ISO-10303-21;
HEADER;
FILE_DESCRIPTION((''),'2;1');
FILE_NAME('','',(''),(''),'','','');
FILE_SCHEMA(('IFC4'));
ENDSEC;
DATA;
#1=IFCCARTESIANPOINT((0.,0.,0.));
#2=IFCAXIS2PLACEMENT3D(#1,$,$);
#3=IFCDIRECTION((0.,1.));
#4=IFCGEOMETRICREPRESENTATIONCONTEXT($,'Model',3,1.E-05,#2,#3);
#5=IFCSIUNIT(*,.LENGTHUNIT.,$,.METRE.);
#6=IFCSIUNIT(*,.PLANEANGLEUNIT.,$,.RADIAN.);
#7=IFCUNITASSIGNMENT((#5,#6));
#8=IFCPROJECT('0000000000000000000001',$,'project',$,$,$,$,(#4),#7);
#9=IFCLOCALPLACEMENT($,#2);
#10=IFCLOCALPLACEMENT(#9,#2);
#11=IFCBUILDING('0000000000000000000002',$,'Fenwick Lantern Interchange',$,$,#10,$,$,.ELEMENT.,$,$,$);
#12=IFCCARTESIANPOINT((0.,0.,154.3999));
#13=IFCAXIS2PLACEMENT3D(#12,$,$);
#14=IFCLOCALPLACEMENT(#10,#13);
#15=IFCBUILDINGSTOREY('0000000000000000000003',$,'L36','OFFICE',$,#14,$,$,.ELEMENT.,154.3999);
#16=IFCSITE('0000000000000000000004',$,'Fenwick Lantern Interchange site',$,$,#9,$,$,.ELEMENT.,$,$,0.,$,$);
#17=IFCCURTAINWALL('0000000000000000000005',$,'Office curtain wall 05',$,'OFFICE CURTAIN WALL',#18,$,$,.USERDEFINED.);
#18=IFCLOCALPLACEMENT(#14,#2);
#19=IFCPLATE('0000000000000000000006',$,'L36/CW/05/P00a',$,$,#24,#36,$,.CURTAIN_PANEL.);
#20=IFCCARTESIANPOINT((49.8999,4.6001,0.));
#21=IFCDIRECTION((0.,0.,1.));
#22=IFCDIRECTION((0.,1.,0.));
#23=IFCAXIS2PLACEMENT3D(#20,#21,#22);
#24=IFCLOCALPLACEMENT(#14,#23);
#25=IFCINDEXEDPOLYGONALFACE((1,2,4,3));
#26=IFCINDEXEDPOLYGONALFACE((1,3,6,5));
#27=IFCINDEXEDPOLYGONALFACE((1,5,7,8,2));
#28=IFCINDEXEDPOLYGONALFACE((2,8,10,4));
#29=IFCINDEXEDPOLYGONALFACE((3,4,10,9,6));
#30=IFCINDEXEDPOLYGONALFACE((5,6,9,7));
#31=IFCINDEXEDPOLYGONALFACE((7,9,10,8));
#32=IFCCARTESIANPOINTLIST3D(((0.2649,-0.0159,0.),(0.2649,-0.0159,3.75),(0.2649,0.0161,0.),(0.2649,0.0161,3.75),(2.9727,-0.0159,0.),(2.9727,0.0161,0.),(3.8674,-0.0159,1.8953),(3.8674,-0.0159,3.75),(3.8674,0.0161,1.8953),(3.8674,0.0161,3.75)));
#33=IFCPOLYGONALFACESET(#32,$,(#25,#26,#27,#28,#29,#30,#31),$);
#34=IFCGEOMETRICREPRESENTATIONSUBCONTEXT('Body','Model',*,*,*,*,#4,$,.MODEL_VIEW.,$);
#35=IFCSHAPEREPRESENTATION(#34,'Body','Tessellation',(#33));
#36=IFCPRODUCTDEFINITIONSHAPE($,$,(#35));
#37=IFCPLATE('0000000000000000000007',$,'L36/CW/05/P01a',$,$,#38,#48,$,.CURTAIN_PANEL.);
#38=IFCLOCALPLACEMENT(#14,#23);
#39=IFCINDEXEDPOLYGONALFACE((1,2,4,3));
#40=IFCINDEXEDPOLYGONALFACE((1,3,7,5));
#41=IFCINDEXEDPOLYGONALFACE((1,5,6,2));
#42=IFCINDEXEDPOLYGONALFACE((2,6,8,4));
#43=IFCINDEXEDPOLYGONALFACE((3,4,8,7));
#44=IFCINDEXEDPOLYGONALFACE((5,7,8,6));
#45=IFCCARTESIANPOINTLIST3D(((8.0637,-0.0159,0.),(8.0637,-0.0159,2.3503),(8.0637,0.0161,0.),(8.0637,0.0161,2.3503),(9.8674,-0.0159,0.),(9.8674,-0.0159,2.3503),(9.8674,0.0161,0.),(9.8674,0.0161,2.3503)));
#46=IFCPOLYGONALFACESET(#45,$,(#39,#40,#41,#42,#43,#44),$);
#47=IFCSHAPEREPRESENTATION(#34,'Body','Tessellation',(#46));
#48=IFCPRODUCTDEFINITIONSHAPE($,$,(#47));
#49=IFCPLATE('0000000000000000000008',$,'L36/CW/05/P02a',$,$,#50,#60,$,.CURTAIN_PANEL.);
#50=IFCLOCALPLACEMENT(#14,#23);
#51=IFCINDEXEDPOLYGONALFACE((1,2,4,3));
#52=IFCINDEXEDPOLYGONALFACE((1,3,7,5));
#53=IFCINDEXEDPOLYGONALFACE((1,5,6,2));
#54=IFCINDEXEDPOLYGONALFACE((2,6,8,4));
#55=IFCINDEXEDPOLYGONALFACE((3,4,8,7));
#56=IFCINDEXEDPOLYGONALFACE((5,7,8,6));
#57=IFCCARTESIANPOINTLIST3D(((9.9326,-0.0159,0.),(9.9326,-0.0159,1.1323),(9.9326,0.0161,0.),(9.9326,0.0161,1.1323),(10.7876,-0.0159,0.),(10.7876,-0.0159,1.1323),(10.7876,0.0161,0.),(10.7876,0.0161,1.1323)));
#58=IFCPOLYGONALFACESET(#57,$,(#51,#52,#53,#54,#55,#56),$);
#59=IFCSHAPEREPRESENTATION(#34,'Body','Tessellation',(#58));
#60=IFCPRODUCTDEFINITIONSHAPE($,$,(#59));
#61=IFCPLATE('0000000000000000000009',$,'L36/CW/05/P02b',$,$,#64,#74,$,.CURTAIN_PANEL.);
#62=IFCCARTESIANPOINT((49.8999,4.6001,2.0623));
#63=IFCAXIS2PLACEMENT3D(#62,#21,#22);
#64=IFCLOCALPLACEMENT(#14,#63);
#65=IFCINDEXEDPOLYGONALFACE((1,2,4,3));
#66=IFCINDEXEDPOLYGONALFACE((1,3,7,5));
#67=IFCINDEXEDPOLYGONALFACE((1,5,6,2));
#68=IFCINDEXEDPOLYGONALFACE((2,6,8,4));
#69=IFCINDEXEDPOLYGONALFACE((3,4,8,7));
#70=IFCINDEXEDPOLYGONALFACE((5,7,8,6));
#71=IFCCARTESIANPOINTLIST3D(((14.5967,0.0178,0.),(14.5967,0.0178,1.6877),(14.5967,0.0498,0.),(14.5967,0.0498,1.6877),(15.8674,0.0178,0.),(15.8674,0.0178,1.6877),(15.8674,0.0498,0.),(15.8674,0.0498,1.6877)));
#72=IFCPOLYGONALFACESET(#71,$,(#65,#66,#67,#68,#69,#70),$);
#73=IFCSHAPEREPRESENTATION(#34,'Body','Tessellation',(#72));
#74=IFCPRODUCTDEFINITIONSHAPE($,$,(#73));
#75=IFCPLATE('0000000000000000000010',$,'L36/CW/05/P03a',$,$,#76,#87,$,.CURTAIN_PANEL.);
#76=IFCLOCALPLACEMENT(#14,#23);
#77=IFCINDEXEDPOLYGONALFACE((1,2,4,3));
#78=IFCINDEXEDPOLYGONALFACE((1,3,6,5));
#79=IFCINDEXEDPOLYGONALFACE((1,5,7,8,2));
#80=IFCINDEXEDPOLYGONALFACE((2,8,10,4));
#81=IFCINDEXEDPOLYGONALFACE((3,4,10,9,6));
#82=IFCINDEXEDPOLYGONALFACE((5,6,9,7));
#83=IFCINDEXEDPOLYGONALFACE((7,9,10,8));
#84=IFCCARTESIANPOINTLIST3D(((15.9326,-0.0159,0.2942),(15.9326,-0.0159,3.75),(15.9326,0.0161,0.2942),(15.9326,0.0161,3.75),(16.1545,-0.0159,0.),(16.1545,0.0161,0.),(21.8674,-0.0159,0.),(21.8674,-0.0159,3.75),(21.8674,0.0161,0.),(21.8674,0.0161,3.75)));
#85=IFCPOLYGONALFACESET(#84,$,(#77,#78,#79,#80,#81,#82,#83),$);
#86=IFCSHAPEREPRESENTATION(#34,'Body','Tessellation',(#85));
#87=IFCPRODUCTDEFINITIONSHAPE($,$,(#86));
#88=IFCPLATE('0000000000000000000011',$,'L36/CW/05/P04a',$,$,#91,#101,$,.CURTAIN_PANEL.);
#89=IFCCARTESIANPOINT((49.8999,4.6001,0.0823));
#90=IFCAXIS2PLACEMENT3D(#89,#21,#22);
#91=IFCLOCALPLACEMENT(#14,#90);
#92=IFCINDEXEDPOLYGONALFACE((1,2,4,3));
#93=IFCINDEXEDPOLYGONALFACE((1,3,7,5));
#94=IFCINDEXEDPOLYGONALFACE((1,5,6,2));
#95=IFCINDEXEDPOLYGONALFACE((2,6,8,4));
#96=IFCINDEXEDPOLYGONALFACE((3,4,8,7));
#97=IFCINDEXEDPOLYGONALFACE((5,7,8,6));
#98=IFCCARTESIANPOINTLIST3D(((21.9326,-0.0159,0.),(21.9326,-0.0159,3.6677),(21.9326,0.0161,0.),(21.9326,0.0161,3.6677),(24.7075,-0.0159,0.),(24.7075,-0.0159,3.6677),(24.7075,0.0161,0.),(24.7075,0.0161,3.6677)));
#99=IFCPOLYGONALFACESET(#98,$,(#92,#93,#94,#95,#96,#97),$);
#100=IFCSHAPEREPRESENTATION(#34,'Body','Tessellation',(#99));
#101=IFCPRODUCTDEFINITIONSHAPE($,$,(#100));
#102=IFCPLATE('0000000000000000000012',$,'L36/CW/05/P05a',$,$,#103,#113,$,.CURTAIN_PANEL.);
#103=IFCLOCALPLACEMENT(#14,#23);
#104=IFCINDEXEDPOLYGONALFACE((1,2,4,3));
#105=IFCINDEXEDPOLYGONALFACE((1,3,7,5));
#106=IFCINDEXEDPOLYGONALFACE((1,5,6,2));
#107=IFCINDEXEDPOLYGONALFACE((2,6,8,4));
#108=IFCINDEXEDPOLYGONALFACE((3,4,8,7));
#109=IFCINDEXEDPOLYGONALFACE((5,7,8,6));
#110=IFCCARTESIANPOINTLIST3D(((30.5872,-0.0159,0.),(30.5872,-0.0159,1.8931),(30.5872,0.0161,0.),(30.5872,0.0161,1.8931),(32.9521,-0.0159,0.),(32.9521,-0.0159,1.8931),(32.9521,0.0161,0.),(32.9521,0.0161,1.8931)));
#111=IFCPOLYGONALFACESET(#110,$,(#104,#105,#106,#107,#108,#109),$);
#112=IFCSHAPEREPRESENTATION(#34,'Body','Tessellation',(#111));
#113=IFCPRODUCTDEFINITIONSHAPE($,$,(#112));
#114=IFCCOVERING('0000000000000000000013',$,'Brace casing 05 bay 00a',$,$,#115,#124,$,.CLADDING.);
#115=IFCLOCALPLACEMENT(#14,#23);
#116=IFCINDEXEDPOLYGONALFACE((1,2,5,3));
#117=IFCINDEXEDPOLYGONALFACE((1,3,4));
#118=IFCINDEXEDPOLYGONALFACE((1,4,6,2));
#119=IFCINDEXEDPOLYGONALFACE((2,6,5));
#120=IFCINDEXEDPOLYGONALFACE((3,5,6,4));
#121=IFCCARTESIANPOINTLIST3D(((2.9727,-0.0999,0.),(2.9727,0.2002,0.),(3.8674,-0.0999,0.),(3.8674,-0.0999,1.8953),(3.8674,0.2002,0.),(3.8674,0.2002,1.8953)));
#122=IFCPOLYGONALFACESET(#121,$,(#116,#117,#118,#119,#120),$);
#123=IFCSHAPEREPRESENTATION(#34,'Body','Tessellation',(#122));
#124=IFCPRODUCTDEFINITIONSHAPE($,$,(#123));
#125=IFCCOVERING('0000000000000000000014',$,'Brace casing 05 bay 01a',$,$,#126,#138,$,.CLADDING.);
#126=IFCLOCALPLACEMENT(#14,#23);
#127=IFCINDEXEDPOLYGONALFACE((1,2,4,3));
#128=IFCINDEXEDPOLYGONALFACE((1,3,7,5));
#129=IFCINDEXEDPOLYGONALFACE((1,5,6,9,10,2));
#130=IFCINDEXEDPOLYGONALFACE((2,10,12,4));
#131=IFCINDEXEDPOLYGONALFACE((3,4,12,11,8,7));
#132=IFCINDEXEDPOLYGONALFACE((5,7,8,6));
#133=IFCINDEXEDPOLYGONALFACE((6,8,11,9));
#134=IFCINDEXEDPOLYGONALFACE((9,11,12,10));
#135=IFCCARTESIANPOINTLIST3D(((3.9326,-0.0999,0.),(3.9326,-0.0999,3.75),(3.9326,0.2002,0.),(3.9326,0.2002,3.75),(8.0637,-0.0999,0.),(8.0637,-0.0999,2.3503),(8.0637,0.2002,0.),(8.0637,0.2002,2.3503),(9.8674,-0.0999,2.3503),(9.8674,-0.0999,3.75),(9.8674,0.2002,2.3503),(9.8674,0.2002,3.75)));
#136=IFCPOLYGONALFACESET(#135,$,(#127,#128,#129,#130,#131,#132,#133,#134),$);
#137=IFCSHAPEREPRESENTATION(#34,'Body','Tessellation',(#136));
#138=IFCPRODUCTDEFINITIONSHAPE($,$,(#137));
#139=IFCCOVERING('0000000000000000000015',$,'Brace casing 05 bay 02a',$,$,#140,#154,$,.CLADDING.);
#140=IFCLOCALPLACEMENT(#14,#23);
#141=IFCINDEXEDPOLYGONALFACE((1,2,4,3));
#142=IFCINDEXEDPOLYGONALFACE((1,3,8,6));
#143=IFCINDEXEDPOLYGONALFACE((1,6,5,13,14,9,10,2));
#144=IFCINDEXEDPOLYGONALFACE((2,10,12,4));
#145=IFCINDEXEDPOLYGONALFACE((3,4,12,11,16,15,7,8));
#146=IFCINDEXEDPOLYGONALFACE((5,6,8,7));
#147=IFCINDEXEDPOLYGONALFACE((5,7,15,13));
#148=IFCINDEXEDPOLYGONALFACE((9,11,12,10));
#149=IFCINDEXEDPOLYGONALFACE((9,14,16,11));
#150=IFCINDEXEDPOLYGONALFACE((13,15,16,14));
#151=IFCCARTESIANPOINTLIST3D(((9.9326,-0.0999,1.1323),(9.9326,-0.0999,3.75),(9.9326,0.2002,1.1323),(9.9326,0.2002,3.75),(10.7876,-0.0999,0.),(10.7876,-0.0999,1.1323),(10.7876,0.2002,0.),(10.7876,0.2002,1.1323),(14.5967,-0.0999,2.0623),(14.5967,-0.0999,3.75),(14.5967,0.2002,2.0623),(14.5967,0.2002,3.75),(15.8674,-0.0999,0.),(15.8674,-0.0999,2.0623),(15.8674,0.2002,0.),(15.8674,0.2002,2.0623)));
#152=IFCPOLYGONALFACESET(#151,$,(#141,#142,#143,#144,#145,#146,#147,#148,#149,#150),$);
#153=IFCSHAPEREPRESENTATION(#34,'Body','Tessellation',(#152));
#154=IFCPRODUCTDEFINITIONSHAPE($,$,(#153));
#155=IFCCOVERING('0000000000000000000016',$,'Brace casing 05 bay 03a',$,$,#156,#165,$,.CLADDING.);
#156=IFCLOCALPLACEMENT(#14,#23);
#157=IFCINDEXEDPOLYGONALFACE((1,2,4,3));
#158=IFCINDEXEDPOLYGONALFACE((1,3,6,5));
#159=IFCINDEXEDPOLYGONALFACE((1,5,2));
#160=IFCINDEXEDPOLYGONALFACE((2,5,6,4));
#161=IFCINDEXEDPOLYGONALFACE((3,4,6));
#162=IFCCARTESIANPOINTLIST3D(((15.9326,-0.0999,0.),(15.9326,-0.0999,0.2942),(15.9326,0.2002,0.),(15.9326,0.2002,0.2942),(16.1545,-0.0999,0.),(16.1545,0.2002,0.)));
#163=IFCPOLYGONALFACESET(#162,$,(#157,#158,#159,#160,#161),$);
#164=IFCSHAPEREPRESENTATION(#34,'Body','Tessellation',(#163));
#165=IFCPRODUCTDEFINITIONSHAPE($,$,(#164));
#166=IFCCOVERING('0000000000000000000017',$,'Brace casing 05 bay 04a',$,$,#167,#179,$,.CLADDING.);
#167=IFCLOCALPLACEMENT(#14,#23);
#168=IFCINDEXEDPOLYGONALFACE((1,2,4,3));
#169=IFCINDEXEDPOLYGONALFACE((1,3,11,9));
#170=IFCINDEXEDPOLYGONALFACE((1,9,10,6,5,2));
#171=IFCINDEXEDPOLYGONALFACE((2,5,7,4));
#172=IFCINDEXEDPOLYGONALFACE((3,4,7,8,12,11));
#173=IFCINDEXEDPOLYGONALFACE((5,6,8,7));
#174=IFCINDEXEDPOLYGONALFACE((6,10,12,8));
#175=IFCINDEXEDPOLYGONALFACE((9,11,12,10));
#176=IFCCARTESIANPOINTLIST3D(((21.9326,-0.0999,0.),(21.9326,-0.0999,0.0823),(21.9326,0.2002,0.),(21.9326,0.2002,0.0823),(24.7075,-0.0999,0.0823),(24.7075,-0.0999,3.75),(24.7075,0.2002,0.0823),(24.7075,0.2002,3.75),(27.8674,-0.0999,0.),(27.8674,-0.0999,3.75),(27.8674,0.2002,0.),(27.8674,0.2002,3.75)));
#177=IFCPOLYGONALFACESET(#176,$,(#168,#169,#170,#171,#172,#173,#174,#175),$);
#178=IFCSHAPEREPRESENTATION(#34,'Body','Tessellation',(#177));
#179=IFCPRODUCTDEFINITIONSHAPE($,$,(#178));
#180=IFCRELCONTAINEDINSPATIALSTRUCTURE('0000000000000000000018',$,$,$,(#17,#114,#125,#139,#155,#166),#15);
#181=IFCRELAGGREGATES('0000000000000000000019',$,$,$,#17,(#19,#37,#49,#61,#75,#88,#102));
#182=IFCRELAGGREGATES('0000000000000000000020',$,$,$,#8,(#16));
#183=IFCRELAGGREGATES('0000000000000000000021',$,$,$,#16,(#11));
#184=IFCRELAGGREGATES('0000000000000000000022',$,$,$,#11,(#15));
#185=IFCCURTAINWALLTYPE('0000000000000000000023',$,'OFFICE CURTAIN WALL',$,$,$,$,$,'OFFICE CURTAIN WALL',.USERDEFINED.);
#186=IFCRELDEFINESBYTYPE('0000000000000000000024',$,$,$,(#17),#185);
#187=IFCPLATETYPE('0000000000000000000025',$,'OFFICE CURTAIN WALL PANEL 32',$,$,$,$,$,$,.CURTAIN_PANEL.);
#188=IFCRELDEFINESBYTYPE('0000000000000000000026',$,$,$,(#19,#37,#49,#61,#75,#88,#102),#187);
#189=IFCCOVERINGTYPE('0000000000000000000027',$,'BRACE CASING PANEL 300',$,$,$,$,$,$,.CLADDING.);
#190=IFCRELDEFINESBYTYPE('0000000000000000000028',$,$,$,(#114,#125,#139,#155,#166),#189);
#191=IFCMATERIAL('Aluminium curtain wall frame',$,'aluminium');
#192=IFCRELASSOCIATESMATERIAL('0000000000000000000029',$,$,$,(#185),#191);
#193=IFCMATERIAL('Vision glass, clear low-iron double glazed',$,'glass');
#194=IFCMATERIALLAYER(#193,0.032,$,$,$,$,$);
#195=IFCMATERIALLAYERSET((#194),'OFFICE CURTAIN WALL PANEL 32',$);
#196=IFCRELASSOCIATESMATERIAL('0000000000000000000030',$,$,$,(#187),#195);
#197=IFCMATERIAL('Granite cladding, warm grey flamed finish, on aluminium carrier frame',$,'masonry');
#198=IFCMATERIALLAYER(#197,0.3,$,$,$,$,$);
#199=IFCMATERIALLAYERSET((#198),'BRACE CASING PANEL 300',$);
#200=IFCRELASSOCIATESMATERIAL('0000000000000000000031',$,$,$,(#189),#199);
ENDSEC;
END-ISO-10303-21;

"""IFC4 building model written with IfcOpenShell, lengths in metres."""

from ifc_helpers import new_model, si_unit, direction, frame, origin, place, context, subcontext, project, spatial, polyline, outline, extrude, material, layer, layer_set, type_object, element, aggregate, save


model = new_model("IFC4")

# Units and contexts
model_context = context("Model", 3, precision=1e-05, world=origin(), true_north=direction((0.0, 1.0)))
body_context = subcontext(model_context, "Body", "Model", "MODEL_VIEW")
ifc_project = project(units=[si_unit("LENGTHUNIT", "METRE"), si_unit("PLANEANGLEUNIT", "RADIAN")], contexts=[model_context])

# Site, building, storey
site_placement = place(None, origin())
site = spatial("IfcSite", under=ifc_project, at=site_placement, Name="Fenwick Lantern Interchange site", CompositionType="ELEMENT", RefElevation=0.0)
building_placement = place(site_placement, origin())
building = spatial("IfcBuilding", under=site, at=building_placement, Name="Fenwick Lantern Interchange", CompositionType="ELEMENT")
storey_placement = place(building_placement, frame((0.0, 0.0, 154.3999)))
storey = spatial("IfcBuildingStorey", under=building, at=storey_placement, Name="L36", Description="OFFICE", CompositionType="ELEMENT", Elevation=154.3999)

# Shared definitions
ifc_material_1 = material(Name="Aluminium curtain wall frame", Category="aluminium")
curtain_wall_type = type_object("IfcCurtainWallType", Name="OFFICE CURTAIN WALL", ElementType="OFFICE CURTAIN WALL", PredefinedType="USERDEFINED", material=ifc_material_1)

# Shared definitions
ifc_material_2 = material(Name="Vision glass, clear low-iron double glazed", Category="glass")
ifc_layer_1 = layer(ifc_material_2, 0.032)
ifc_layer_set_1 = layer_set([ifc_layer_1], Name="OFFICE CURTAIN WALL PANEL 32")
plate_type = type_object("IfcPlateType", Name="OFFICE CURTAIN WALL PANEL 32", PredefinedType="CURTAIN_PANEL", material=ifc_layer_set_1)

# Curtain wall, plates
curtain_wall_1_placement = place(storey_placement, origin())
curtain_wall_1 = element("IfcCurtainWall", 1, at=curtain_wall_1_placement, inside=storey, type_object=curtain_wall_type, Name="Office curtain wall 05", ObjectType="OFFICE CURTAIN WALL", PredefinedType="USERDEFINED")
plate_1_placement = place(storey_placement, frame((49.8999, 4.6001, 0.0), z_axis=(0.0, 0.0, 1.0), x_axis=(0.0, 1.0, 0.0)))
plate_1 = element("IfcPlate", 2, at=plate_1_placement, type_object=plate_type, Name="L36/CW/05/P00a", PredefinedType="CURTAIN_PANEL", context=body_context, shape_type="SweptSolid", body=[
    extrude(outline(polyline([(0.2649, 0.0), (2.9727, 0.0), (3.8674, 1.8953), (3.8674, 3.75), (0.2649, 3.75), (0.2649, 0.0)])), frame((0.0, 0.0161, 0.0), z_axis=(0.0, -1.0, 0.0), x_axis=(1.0, 0.0, 0.0)), (0.0, 0.0, 1.0), 0.032),
])
plate_2_placement = place(storey_placement, frame((49.8999, 4.6001, 0.0), z_axis=(0.0, 0.0, 1.0), x_axis=(0.0, 1.0, 0.0)))
plate_2 = element("IfcPlate", 3, at=plate_2_placement, type_object=plate_type, Name="L36/CW/05/P01a", PredefinedType="CURTAIN_PANEL", context=body_context, shape_type="SweptSolid", body=[
    extrude(outline(polyline([(8.0637, 0.0), (9.8674, 0.0), (9.8674, 2.3503), (8.0637, 2.3503), (8.0637, 0.0)])), frame((0.0, 0.0161, 0.0), z_axis=(0.0, -1.0, 0.0), x_axis=(1.0, 0.0, 0.0)), (0.0, 0.0, 1.0), 0.032),
])
plate_3_placement = place(storey_placement, frame((49.8999, 4.6001, 0.0), z_axis=(0.0, 0.0, 1.0), x_axis=(0.0, 1.0, 0.0)))
plate_3 = element("IfcPlate", 4, at=plate_3_placement, type_object=plate_type, Name="L36/CW/05/P02a", PredefinedType="CURTAIN_PANEL", context=body_context, shape_type="SweptSolid", body=[
    extrude(outline(polyline([(9.9326, 0.0), (10.7876, 0.0), (10.7876, 1.1323), (9.9326, 1.1323), (9.9326, 0.0)])), frame((0.0, 0.0161, 0.0), z_axis=(0.0, -1.0, 0.0), x_axis=(1.0, 0.0, 0.0)), (0.0, 0.0, 1.0), 0.032),
])
plate_4_placement = place(storey_placement, frame((49.8999, 4.6001, 2.0623), z_axis=(0.0, 0.0, 1.0), x_axis=(0.0, 1.0, 0.0)))
plate_4 = element("IfcPlate", 5, at=plate_4_placement, type_object=plate_type, Name="L36/CW/05/P02b", PredefinedType="CURTAIN_PANEL", context=body_context, shape_type="SweptSolid", body=[
    extrude(outline(polyline([(14.5967, 0.0), (15.8674, 0.0), (15.8674, 1.6877), (14.5967, 1.6877), (14.5967, 0.0)])), frame((0.0, 0.0498, 0.0), z_axis=(0.0, -1.0, 0.0), x_axis=(1.0, 0.0, 0.0)), (0.0, 0.0, 1.0), 0.032),
])
plate_5_placement = place(storey_placement, frame((49.8999, 4.6001, 0.0), z_axis=(0.0, 0.0, 1.0), x_axis=(0.0, 1.0, 0.0)))
plate_5 = element("IfcPlate", 6, at=plate_5_placement, type_object=plate_type, Name="L36/CW/05/P03a", PredefinedType="CURTAIN_PANEL", context=body_context, shape_type="SweptSolid", body=[
    extrude(outline(polyline([(16.1545, 0.0), (21.8674, 0.0), (21.8674, 3.75), (15.9326, 3.75), (15.9326, 0.2942), (16.1545, 0.0)])), frame((0.0, 0.0161, 0.0), z_axis=(0.0, -1.0, 0.0), x_axis=(1.0, 0.0, 0.0)), (0.0, 0.0, 1.0), 0.032),
])
plate_6_placement = place(storey_placement, frame((49.8999, 4.6001, 0.0823), z_axis=(0.0, 0.0, 1.0), x_axis=(0.0, 1.0, 0.0)))
plate_6 = element("IfcPlate", 7, at=plate_6_placement, type_object=plate_type, Name="L36/CW/05/P04a", PredefinedType="CURTAIN_PANEL", context=body_context, shape_type="SweptSolid", body=[
    extrude(outline(polyline([(21.9326, 0.0), (24.7075, 0.0), (24.7075, 3.6677), (21.9326, 3.6677), (21.9326, 0.0)])), frame((0.0, 0.0161, 0.0), z_axis=(0.0, -1.0, 0.0), x_axis=(1.0, 0.0, 0.0)), (0.0, 0.0, 1.0), 0.032),
])
plate_7_placement = place(storey_placement, frame((49.8999, 4.6001, 0.0), z_axis=(0.0, 0.0, 1.0), x_axis=(0.0, 1.0, 0.0)))
plate_7 = element("IfcPlate", 8, at=plate_7_placement, type_object=plate_type, Name="L36/CW/05/P05a", PredefinedType="CURTAIN_PANEL", context=body_context, shape_type="SweptSolid", body=[
    extrude(outline(polyline([(30.5872, 0.0), (32.9521, 0.0), (32.9521, 1.8931), (30.5872, 1.8931), (30.5872, 0.0)])), frame((0.0, 0.0161, 0.0), z_axis=(0.0, -1.0, 0.0), x_axis=(1.0, 0.0, 0.0)), (0.0, 0.0, 1.0), 0.032),
])
aggregate(curtain_wall_1, [plate_1, plate_2, plate_3, plate_4, plate_5, plate_6, plate_7])

# Coverings
ifc_material_3 = material(Name="Granite cladding, warm grey flamed finish, on aluminium carrier frame", Category="masonry")
ifc_layer_2 = layer(ifc_material_3, 0.3)
ifc_layer_set_2 = layer_set([ifc_layer_2], Name="BRACE CASING PANEL 300")
covering_type = type_object("IfcCoveringType", Name="BRACE CASING PANEL 300", PredefinedType="CLADDING", material=ifc_layer_set_2)
covering_1_placement = place(storey_placement, frame((49.8999, 4.6001, 0.0), z_axis=(0.0, 0.0, 1.0), x_axis=(0.0, 1.0, 0.0)))
element("IfcCovering", 9, at=covering_1_placement, inside=storey, type_object=covering_type, Name="Brace casing 05 bay 00a", PredefinedType="CLADDING", context=body_context, shape_type="SweptSolid", body=[
    extrude(outline(polyline([(2.9727, 0.0), (3.8674, 0.0), (3.8674, 1.8953), (2.9727, 0.0)])), frame((0.0, 0.2002, 0.0), z_axis=(0.0, -1.0, 0.0), x_axis=(1.0, 0.0, 0.0)), (0.0, 0.0, 1.0), 0.3),
])
covering_2_placement = place(storey_placement, frame((49.8999, 4.6001, 0.0), z_axis=(0.0, 0.0, 1.0), x_axis=(0.0, 1.0, 0.0)))
element("IfcCovering", 10, at=covering_2_placement, inside=storey, type_object=covering_type, Name="Brace casing 05 bay 01a", PredefinedType="CLADDING", context=body_context, shape_type="SweptSolid", body=[
    extrude(outline(polyline([(3.9326, 0.0), (8.0637, 0.0), (8.0637, 2.3503), (9.8674, 2.3503), (9.8674, 3.75), (3.9326, 3.75), (3.9326, 0.0)])), frame((0.0, 0.2002, 0.0), z_axis=(0.0, -1.0, 0.0), x_axis=(1.0, 0.0, 0.0)), (0.0, 0.0, 1.0), 0.3),
])
covering_3_placement = place(storey_placement, frame((49.8999, 4.6001, 0.0), z_axis=(0.0, 0.0, 1.0), x_axis=(0.0, 1.0, 0.0)))
element("IfcCovering", 11, at=covering_3_placement, inside=storey, type_object=covering_type, Name="Brace casing 05 bay 02a", PredefinedType="CLADDING", context=body_context, shape_type="SweptSolid", body=[
    extrude(outline(polyline([(10.7876, 0.0), (15.8674, 0.0), (15.8674, 2.0623), (14.5967, 2.0623), (14.5967, 3.75), (9.9326, 3.75), (9.9326, 1.1323), (10.7876, 1.1323), (10.7876, 0.0)])), frame((0.0, 0.2002, 0.0), z_axis=(0.0, -1.0, 0.0), x_axis=(1.0, 0.0, 0.0)), (0.0, 0.0, 1.0), 0.3),
])
covering_4_placement = place(storey_placement, frame((49.8999, 4.6001, 0.0), z_axis=(0.0, 0.0, 1.0), x_axis=(0.0, 1.0, 0.0)))
element("IfcCovering", 12, at=covering_4_placement, inside=storey, type_object=covering_type, Name="Brace casing 05 bay 03a", PredefinedType="CLADDING", context=body_context, shape_type="SweptSolid", body=[
    extrude(outline(polyline([(15.9326, 0.0), (16.1545, 0.0), (15.9326, 0.2942), (15.9326, 0.0)])), frame((0.0, 0.2002, 0.0), z_axis=(0.0, -1.0, 0.0), x_axis=(1.0, 0.0, 0.0)), (0.0, 0.0, 1.0), 0.3),
])
covering_5_placement = place(storey_placement, frame((49.8999, 4.6001, 0.0), z_axis=(0.0, 0.0, 1.0), x_axis=(0.0, 1.0, 0.0)))
element("IfcCovering", 13, at=covering_5_placement, inside=storey, type_object=covering_type, Name="Brace casing 05 bay 04a", PredefinedType="CLADDING", context=body_context, shape_type="SweptSolid", body=[
    extrude(outline(polyline([(21.9326, 0.0), (27.8674, 0.0), (27.8674, 3.75), (24.7075, 3.75), (24.7075, 0.0823), (21.9326, 0.0823), (21.9326, 0.0)])), frame((0.0, 0.2002, 0.0), z_axis=(0.0, -1.0, 0.0), x_axis=(1.0, 0.0, 0.0)), (0.0, 0.0, 1.0), 0.3),
])

save(model, "model.ifc")
